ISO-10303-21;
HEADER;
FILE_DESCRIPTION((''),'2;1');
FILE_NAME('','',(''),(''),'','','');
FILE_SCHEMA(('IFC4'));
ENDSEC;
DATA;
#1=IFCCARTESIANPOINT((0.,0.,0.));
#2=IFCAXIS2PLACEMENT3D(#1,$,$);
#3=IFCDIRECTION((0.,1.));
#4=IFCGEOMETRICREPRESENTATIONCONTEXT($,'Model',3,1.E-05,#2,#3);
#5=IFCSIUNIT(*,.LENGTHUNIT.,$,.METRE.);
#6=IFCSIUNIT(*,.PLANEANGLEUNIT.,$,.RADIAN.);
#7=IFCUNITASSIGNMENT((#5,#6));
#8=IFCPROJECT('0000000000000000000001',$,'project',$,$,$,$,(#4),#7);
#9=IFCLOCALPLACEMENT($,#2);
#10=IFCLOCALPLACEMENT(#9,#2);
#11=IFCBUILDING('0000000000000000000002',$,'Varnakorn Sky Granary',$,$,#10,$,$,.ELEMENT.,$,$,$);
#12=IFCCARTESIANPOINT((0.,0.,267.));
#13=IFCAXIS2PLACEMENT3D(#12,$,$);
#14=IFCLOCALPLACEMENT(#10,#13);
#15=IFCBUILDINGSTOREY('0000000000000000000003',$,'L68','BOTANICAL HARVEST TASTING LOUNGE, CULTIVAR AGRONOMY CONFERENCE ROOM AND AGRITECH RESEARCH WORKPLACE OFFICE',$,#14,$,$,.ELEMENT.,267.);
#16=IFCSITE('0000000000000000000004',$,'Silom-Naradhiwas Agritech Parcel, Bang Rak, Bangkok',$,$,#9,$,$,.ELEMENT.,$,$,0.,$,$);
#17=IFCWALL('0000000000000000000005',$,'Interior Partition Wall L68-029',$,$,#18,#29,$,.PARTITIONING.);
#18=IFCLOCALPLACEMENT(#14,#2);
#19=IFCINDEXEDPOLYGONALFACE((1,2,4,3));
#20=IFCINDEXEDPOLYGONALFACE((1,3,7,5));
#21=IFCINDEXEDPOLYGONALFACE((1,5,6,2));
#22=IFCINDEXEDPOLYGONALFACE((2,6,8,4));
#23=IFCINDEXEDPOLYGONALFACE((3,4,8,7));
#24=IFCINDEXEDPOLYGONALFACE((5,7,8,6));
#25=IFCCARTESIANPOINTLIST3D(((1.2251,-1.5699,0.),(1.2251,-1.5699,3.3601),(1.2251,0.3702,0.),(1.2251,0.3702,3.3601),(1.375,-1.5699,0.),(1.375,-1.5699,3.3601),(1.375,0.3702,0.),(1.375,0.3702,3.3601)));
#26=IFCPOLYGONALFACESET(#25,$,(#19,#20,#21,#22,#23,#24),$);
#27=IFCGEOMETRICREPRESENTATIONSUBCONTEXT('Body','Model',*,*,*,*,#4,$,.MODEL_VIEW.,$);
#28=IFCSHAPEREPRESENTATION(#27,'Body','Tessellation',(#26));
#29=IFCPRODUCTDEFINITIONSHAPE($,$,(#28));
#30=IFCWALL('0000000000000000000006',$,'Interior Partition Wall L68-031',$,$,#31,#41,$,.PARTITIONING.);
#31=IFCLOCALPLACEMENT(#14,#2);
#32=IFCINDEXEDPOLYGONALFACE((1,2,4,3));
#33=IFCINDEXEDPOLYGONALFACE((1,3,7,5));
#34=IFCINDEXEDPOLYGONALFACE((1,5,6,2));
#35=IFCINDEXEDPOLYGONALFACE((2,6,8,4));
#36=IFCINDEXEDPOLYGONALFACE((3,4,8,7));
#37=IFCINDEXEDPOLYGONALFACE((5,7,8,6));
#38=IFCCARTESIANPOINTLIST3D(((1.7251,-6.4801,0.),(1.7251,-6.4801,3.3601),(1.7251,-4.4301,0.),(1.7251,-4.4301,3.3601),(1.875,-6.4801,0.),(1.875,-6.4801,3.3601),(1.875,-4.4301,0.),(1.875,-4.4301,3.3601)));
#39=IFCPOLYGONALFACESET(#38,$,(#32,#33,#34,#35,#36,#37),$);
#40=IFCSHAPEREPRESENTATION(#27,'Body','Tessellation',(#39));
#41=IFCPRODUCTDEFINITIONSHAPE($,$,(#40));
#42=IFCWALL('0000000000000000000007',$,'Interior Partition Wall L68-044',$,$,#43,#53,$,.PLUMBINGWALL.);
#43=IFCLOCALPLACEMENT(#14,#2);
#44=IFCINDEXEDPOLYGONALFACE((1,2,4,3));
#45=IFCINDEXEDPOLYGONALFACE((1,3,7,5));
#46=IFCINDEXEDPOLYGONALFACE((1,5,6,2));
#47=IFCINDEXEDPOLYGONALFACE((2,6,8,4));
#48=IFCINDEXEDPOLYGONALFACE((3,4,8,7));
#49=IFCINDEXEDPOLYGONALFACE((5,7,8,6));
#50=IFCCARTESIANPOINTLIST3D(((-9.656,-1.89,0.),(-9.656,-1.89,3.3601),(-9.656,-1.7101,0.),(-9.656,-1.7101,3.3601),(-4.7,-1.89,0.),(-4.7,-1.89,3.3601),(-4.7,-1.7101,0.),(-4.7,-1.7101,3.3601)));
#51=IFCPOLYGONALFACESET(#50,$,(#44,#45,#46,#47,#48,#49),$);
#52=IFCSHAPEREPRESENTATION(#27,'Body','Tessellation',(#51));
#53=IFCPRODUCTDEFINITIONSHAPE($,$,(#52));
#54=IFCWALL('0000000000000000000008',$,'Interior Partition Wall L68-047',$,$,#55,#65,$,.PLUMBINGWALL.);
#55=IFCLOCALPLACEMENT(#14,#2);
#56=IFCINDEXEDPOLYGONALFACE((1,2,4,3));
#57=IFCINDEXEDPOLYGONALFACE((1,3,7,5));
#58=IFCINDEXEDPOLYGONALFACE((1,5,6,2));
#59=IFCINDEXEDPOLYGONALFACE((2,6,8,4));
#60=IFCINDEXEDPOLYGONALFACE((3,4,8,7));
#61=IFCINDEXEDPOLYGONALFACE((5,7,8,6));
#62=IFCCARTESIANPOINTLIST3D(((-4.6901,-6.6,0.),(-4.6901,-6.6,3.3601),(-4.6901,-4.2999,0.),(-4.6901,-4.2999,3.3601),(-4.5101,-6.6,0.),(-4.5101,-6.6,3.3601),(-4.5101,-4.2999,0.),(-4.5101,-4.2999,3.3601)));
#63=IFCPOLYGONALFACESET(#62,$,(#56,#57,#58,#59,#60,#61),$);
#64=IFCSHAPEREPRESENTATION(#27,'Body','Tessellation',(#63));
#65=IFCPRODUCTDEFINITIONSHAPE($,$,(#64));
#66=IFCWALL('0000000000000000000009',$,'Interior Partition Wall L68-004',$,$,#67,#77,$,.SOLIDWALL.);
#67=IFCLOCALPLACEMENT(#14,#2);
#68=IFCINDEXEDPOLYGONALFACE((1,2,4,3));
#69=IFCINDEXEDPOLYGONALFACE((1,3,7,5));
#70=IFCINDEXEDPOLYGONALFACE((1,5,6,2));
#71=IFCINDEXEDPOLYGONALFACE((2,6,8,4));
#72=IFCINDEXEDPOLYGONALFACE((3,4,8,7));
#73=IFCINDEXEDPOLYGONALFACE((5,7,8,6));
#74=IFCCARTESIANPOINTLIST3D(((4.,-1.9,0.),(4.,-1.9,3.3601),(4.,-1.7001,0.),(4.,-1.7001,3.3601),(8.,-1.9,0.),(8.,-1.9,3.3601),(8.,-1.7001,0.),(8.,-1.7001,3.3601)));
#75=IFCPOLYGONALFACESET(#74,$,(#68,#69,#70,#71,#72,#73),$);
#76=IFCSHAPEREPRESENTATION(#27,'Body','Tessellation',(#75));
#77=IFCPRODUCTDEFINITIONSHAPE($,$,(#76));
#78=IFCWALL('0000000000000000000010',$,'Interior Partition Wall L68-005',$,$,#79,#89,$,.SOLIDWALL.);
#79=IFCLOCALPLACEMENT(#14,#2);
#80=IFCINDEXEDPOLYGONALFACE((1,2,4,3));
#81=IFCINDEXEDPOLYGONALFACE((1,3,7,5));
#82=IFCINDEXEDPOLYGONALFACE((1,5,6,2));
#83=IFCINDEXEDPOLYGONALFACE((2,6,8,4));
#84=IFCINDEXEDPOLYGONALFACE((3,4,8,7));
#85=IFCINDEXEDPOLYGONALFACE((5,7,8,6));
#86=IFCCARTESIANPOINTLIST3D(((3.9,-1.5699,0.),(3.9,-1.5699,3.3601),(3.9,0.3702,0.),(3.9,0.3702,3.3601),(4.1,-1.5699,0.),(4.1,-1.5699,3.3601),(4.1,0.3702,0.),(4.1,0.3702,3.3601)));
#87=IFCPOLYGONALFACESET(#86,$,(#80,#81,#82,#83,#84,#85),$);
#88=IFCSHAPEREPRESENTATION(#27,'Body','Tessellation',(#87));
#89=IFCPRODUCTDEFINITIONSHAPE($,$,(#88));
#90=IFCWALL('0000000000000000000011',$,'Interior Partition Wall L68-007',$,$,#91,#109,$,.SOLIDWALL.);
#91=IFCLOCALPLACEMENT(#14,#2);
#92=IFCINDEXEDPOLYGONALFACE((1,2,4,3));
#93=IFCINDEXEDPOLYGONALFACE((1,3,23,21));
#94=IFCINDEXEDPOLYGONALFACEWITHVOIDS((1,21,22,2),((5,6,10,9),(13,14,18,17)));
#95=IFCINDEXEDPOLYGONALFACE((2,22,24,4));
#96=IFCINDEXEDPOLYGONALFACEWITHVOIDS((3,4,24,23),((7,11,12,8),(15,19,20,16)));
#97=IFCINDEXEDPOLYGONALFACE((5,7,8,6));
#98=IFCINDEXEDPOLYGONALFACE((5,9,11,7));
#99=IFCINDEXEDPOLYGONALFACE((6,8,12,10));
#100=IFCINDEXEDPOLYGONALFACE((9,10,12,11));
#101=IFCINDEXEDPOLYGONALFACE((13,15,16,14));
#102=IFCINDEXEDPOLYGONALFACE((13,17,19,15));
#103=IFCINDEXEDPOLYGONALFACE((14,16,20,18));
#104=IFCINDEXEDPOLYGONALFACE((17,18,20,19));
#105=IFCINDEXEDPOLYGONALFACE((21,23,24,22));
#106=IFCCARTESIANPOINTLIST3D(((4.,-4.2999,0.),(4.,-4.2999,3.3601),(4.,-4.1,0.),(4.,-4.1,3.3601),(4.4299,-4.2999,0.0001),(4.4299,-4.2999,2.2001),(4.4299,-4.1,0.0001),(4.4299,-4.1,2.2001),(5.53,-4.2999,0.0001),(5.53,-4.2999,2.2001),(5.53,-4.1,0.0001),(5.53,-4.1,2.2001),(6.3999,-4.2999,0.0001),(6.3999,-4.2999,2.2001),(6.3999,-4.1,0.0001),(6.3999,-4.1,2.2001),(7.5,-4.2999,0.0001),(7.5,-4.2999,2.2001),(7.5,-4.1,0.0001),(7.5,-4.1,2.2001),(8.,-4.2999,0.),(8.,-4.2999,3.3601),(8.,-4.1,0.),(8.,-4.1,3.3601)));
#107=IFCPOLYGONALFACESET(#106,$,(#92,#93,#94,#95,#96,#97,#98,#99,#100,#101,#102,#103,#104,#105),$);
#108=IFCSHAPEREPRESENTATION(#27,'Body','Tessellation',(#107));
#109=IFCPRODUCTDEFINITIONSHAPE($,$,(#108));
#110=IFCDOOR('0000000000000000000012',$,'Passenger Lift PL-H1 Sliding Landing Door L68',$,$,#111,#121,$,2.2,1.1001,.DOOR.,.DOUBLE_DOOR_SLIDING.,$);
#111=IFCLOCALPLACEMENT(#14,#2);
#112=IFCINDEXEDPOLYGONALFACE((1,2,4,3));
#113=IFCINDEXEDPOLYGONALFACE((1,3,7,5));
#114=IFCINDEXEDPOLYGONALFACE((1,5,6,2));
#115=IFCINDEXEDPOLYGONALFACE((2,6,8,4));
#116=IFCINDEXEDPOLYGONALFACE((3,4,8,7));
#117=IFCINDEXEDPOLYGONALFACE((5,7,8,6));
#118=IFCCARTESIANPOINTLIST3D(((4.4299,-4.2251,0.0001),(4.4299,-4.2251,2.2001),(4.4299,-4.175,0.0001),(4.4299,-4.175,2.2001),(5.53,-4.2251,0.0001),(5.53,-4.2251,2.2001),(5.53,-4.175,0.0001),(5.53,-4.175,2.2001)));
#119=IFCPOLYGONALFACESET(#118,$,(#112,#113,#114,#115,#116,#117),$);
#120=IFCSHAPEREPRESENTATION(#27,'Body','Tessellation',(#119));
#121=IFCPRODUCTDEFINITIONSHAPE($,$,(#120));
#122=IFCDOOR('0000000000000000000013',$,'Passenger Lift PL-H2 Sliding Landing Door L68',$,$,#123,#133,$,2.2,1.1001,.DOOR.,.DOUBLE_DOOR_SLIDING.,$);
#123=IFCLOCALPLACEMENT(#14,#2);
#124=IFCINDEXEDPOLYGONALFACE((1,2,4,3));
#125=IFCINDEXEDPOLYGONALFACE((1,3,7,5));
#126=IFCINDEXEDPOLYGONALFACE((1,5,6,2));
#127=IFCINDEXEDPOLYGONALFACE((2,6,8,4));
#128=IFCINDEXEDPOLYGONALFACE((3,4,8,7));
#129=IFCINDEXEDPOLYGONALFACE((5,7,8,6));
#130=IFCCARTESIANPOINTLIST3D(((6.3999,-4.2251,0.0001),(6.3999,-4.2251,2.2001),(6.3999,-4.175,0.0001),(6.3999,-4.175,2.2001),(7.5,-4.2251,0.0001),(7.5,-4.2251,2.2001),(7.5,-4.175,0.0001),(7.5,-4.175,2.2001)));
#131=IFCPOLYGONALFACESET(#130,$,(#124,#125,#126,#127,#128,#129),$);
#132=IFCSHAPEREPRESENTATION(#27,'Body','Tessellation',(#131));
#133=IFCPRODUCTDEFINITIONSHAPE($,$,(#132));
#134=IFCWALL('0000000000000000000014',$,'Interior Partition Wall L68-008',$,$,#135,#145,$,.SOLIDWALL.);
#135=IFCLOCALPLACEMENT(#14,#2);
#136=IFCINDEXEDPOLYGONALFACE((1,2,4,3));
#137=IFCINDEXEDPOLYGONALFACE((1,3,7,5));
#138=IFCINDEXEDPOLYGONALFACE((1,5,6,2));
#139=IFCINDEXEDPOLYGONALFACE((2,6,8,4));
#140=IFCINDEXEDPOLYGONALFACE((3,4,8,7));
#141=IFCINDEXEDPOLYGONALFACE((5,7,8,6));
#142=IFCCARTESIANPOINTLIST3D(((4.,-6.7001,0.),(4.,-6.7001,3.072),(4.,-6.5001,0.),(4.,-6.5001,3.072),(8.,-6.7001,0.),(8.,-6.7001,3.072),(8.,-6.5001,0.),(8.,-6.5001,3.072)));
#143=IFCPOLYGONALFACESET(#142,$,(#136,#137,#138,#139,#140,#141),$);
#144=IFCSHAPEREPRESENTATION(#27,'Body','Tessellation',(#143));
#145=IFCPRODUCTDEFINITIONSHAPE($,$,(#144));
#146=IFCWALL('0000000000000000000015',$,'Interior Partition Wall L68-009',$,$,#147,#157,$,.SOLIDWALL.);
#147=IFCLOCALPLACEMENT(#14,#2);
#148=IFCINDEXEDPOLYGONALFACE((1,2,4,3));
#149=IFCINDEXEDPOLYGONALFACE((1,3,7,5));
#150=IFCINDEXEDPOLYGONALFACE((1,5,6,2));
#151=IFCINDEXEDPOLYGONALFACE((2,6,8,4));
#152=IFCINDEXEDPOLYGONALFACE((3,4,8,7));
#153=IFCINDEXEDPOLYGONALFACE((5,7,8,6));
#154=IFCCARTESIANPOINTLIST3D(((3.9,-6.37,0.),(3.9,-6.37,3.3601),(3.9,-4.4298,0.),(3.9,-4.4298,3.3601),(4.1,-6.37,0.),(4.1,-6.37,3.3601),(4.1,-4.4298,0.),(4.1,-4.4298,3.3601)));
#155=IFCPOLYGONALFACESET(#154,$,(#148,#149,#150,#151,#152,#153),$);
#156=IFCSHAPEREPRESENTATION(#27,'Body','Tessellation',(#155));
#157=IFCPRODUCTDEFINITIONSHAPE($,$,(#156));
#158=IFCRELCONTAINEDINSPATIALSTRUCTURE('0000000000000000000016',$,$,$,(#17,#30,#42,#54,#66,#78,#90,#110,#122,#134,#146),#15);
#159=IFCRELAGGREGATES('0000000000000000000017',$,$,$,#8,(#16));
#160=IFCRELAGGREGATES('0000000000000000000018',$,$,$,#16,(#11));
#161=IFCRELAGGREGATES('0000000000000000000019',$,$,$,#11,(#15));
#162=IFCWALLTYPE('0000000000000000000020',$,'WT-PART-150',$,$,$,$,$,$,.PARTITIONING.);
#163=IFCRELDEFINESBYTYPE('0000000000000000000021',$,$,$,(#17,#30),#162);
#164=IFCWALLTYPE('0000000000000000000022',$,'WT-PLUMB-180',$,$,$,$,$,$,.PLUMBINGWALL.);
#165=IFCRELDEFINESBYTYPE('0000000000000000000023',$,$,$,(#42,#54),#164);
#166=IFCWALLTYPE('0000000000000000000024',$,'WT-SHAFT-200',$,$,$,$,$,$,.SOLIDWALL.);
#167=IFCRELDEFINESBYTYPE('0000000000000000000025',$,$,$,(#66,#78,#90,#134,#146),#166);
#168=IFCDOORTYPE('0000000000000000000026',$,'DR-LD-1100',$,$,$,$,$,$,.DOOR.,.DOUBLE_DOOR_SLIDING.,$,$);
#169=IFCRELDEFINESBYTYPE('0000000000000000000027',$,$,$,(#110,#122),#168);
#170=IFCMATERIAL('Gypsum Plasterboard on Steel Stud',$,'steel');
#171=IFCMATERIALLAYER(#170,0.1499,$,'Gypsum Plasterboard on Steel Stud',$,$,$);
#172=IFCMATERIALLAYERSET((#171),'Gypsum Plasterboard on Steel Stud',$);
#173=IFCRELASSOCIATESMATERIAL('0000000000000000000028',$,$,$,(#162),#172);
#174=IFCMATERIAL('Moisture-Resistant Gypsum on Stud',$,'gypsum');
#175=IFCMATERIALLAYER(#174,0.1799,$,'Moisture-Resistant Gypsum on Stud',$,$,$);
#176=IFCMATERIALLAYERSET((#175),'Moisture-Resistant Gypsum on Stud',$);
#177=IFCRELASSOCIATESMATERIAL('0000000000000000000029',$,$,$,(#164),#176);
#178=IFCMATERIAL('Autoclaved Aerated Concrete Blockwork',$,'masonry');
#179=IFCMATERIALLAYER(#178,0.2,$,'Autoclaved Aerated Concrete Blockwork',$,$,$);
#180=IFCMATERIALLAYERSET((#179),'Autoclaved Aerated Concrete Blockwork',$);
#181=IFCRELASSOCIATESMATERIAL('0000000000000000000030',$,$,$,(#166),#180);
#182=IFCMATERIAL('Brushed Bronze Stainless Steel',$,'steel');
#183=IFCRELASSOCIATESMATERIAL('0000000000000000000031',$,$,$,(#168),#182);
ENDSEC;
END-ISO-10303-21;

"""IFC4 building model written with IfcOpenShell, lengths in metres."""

from ifc_helpers import new_model, si_unit, direction, frame, frame_2d, origin, place, context, subcontext, project, spatial, rectangle, extrude, material, layer, layer_set, type_object, element, fill, save


model = new_model("IFC4")

# Units and contexts
model_context = context("Model", 3, precision=1e-05, world=origin(), true_north=direction((0.0, 1.0)))
body_context = subcontext(model_context, "Body", "Model", "MODEL_VIEW")
ifc_project = project(units=[si_unit("LENGTHUNIT", "METRE"), si_unit("PLANEANGLEUNIT", "RADIAN")], contexts=[model_context])

# Site, building, storey
site_placement = place(None, origin())
site = spatial("IfcSite", under=ifc_project, at=site_placement, Name="Silom-Naradhiwas Agritech Parcel, Bang Rak, Bangkok", CompositionType="ELEMENT", RefElevation=0.0)
building_placement = place(site_placement, origin())
building = spatial("IfcBuilding", under=site, at=building_placement, Name="Varnakorn Sky Granary", CompositionType="ELEMENT")
storey_placement = place(building_placement, frame((0.0, 0.0, 267.0)))
storey = spatial("IfcBuildingStorey", under=building, at=storey_placement, Name="L68", Description="BOTANICAL HARVEST TASTING LOUNGE, CULTIVAR AGRONOMY CONFERENCE ROOM AND AGRITECH RESEARCH WORKPLACE OFFICE", CompositionType="ELEMENT", Elevation=267.0)

# Shared definitions
ifc_material_1 = material(Name="Autoclaved Aerated Concrete Blockwork", Category="masonry")

# Walls
ifc_material_2 = material(Name="Gypsum Plasterboard on Steel Stud", Category="steel")
ifc_layer_1 = layer(ifc_material_2, 0.1499, Name="Gypsum Plasterboard on Steel Stud")
ifc_layer_set_1 = layer_set([ifc_layer_1], Name="Gypsum Plasterboard on Steel Stud")
wall_type_1 = type_object("IfcWallType", Name="WT-PART-150", PredefinedType="PARTITIONING", material=ifc_layer_set_1)
wall_1_placement = place(storey_placement, frame((1.3, -1.5701, 0.0), z_axis=(0.0, 0.0, 1.0), x_axis=(0.0, 1.0, 0.0)))
element("IfcWall", 1, at=wall_1_placement, inside=storey, type_object=wall_type_1, Name="Interior Partition Wall L68-029", PredefinedType="PARTITIONING", context=body_context, shape_type="SweptSolid", body=[
    extrude(rectangle(XDim=1.9402, YDim=0.1499, at=frame_2d((0.9702, 0.0))), origin(), (0.0, 0.0, 1.0), 3.3601),
])
wall_2_placement = place(storey_placement, frame((1.8, -6.48, 0.0), z_axis=(0.0, 0.0, 1.0), x_axis=(0.0, 1.0, 0.0)))
element("IfcWall", 2, at=wall_2_placement, inside=storey, type_object=wall_type_1, Name="Interior Partition Wall L68-031", PredefinedType="PARTITIONING", context=body_context, shape_type="SweptSolid", body=[
    extrude(rectangle(XDim=2.05, YDim=0.1499, at=frame_2d((1.0249, 0.0))), origin(), (0.0, 0.0, 1.0), 3.3601),
])
ifc_material_3 = material(Name="Moisture-Resistant Gypsum on Stud", Category="gypsum")
ifc_layer_2 = layer(ifc_material_3, 0.1799, Name="Moisture-Resistant Gypsum on Stud")
ifc_layer_set_2 = layer_set([ifc_layer_2], Name="Moisture-Resistant Gypsum on Stud")
wall_type_2 = type_object("IfcWallType", Name="WT-PLUMB-180", PredefinedType="PLUMBINGWALL", material=ifc_layer_set_2)
wall_3_placement = place(storey_placement, frame((-4.7, -1.8, 0.0), z_axis=(0.0, 0.0, 1.0), x_axis=(-1.0, 0.0, 0.0)))
element("IfcWall", 3, at=wall_3_placement, inside=storey, type_object=wall_type_2, Name="Interior Partition Wall L68-044", PredefinedType="PLUMBINGWALL", context=body_context, shape_type="SweptSolid", body=[
    extrude(rectangle(XDim=4.9561, YDim=0.1799, at=frame_2d((2.478, 0.0))), origin(), (0.0, 0.0, 1.0), 3.3601),
])
wall_4_placement = place(storey_placement, frame((-4.6001, -4.3, 0.0), z_axis=(0.0, 0.0, 1.0), x_axis=(0.0, -1.0, 0.0)))
element("IfcWall", 4, at=wall_4_placement, inside=storey, type_object=wall_type_2, Name="Interior Partition Wall L68-047", PredefinedType="PLUMBINGWALL", context=body_context, shape_type="SweptSolid", body=[
    extrude(rectangle(XDim=2.3, YDim=0.1799, at=frame_2d((1.1499, 0.0))), origin(), (0.0, 0.0, 1.0), 3.3601),
])
ifc_layer_3 = layer(ifc_material_1, 0.2, Name="Autoclaved Aerated Concrete Blockwork")
ifc_layer_set_3 = layer_set([ifc_layer_3], Name="Autoclaved Aerated Concrete Blockwork")
wall_type_3 = type_object("IfcWallType", Name="WT-SHAFT-200", PredefinedType="SOLIDWALL", material=ifc_layer_set_3)
wall_5_placement = place(storey_placement, frame((4.0, -1.8, 0.0), z_axis=(0.0, 0.0, 1.0), x_axis=(1.0, 0.0, 0.0)))
element("IfcWall", 5, at=wall_5_placement, inside=storey, type_object=wall_type_3, Name="Interior Partition Wall L68-004", PredefinedType="SOLIDWALL", context=body_context, shape_type="SweptSolid", body=[
    extrude(rectangle(XDim=4.0, YDim=0.2, at=frame_2d((2.0, 0.0))), origin(), (0.0, 0.0, 1.0), 3.3601),
])
wall_6_placement = place(storey_placement, frame((4.0, -1.5701, 0.0), z_axis=(0.0, 0.0, 1.0), x_axis=(0.0, 1.0, 0.0)))
element("IfcWall", 6, at=wall_6_placement, inside=storey, type_object=wall_type_3, Name="Interior Partition Wall L68-005", PredefinedType="SOLIDWALL", context=body_context, shape_type="SweptSolid", body=[
    extrude(rectangle(XDim=1.9402, YDim=0.2, at=frame_2d((0.9702, 0.0))), origin(), (0.0, 0.0, 1.0), 3.3601),
])

# Wall, openings, doors
wall_7_placement = place(storey_placement, frame((4.0, -4.2, 0.0), z_axis=(0.0, 0.0, 1.0), x_axis=(1.0, 0.0, 0.0)))
wall_7 = element("IfcWall", 7, at=wall_7_placement, inside=storey, type_object=wall_type_3, Name="Interior Partition Wall L68-007", PredefinedType="SOLIDWALL", context=body_context, shape_type="SweptSolid", body=[
    extrude(rectangle(XDim=4.0, YDim=0.2, at=frame_2d((2.0, 0.0))), origin(), (0.0, 0.0, 1.0), 3.3601),
])
opening_1_placement = place(wall_7_placement, frame((0.4299, 0.0, 0.0)))
opening_1 = element("IfcOpeningElement", 8, at=opening_1_placement, cuts=wall_7, PredefinedType="OPENING", context=body_context, shape_type="SweptSolid", body=[
    extrude(rectangle(XDim=1.1001, YDim=2.2, at=frame_2d((0.55, 1.1001))), frame((0.0, 0.1099, 0.0), z_axis=(0.0, -1.0, 0.0), x_axis=(1.0, 0.0, 0.0)), (0.0, 0.0, 1.0), 0.22),
])
opening_2_placement = place(wall_7_placement, frame((2.3999, 0.0, 0.0)))
opening_2 = element("IfcOpeningElement", 9, at=opening_2_placement, cuts=wall_7, PredefinedType="OPENING", context=body_context, shape_type="SweptSolid", body=[
    extrude(rectangle(XDim=1.1001, YDim=2.2, at=frame_2d((0.55, 1.1001))), frame((0.0, 0.1099, 0.0), z_axis=(0.0, -1.0, 0.0), x_axis=(1.0, 0.0, 0.0)), (0.0, 0.0, 1.0), 0.22),
])
ifc_material_4 = material(Name="Brushed Bronze Stainless Steel", Category="steel")
door_type_1 = type_object("IfcDoorType", Name="DR-LD-1100", OperationType="DOUBLE_DOOR_SLIDING", PredefinedType="DOOR", material=ifc_material_4)
door_1_placement = place(opening_1_placement, origin())
door_1 = element("IfcDoor", 10, at=door_1_placement, inside=storey, type_object=door_type_1, Name="Passenger Lift PL-H1 Sliding Landing Door L68", OperationType="DOUBLE_DOOR_SLIDING", OverallHeight=2.2, OverallWidth=1.1001, PredefinedType="DOOR", context=body_context, shape_type="SweptSolid", body=[
    extrude(rectangle(XDim=1.1001, YDim=2.2, at=frame_2d((0.55, 1.1001))), frame((0.0, 0.0249, 0.0), z_axis=(0.0, -1.0, 0.0), x_axis=(1.0, 0.0, 0.0)), (0.0, 0.0, 1.0), 0.05),
])
fill(opening_1, door_1)
door_2_placement = place(opening_2_placement, origin())
door_2 = element("IfcDoor", 11, at=door_2_placement, inside=storey, type_object=door_type_1, Name="Passenger Lift PL-H2 Sliding Landing Door L68", OperationType="DOUBLE_DOOR_SLIDING", OverallHeight=2.2, OverallWidth=1.1001, PredefinedType="DOOR", context=body_context, shape_type="SweptSolid", body=[
    extrude(rectangle(XDim=1.1001, YDim=2.2, at=frame_2d((0.55, 1.1001))), frame((0.0, 0.0249, 0.0), z_axis=(0.0, -1.0, 0.0), x_axis=(1.0, 0.0, 0.0)), (0.0, 0.0, 1.0), 0.05),
])
fill(opening_2, door_2)

# Walls
wall_8_placement = place(storey_placement, frame((4.0, -6.6001, 0.0), z_axis=(0.0, 0.0, 1.0), x_axis=(1.0, 0.0, 0.0)))
element("IfcWall", 12, at=wall_8_placement, inside=storey, type_object=wall_type_3, Name="Interior Partition Wall L68-008", PredefinedType="SOLIDWALL", context=body_context, shape_type="SweptSolid", body=[
    extrude(rectangle(XDim=4.0, YDim=0.2, at=frame_2d((2.0, 0.0))), origin(), (0.0, 0.0, 1.0), 3.072),
])
wall_9_placement = place(storey_placement, frame((4.0, -6.3701, 0.0), z_axis=(0.0, 0.0, 1.0), x_axis=(0.0, 1.0, 0.0)))
element("IfcWall", 13, at=wall_9_placement, inside=storey, type_object=wall_type_3, Name="Interior Partition Wall L68-009", PredefinedType="SOLIDWALL", context=body_context, shape_type="SweptSolid", body=[
    extrude(rectangle(XDim=1.9402, YDim=0.2, at=frame_2d((0.9702, 0.0))), origin(), (0.0, 0.0, 1.0), 3.3601),
])

save(model, "model.ifc")
